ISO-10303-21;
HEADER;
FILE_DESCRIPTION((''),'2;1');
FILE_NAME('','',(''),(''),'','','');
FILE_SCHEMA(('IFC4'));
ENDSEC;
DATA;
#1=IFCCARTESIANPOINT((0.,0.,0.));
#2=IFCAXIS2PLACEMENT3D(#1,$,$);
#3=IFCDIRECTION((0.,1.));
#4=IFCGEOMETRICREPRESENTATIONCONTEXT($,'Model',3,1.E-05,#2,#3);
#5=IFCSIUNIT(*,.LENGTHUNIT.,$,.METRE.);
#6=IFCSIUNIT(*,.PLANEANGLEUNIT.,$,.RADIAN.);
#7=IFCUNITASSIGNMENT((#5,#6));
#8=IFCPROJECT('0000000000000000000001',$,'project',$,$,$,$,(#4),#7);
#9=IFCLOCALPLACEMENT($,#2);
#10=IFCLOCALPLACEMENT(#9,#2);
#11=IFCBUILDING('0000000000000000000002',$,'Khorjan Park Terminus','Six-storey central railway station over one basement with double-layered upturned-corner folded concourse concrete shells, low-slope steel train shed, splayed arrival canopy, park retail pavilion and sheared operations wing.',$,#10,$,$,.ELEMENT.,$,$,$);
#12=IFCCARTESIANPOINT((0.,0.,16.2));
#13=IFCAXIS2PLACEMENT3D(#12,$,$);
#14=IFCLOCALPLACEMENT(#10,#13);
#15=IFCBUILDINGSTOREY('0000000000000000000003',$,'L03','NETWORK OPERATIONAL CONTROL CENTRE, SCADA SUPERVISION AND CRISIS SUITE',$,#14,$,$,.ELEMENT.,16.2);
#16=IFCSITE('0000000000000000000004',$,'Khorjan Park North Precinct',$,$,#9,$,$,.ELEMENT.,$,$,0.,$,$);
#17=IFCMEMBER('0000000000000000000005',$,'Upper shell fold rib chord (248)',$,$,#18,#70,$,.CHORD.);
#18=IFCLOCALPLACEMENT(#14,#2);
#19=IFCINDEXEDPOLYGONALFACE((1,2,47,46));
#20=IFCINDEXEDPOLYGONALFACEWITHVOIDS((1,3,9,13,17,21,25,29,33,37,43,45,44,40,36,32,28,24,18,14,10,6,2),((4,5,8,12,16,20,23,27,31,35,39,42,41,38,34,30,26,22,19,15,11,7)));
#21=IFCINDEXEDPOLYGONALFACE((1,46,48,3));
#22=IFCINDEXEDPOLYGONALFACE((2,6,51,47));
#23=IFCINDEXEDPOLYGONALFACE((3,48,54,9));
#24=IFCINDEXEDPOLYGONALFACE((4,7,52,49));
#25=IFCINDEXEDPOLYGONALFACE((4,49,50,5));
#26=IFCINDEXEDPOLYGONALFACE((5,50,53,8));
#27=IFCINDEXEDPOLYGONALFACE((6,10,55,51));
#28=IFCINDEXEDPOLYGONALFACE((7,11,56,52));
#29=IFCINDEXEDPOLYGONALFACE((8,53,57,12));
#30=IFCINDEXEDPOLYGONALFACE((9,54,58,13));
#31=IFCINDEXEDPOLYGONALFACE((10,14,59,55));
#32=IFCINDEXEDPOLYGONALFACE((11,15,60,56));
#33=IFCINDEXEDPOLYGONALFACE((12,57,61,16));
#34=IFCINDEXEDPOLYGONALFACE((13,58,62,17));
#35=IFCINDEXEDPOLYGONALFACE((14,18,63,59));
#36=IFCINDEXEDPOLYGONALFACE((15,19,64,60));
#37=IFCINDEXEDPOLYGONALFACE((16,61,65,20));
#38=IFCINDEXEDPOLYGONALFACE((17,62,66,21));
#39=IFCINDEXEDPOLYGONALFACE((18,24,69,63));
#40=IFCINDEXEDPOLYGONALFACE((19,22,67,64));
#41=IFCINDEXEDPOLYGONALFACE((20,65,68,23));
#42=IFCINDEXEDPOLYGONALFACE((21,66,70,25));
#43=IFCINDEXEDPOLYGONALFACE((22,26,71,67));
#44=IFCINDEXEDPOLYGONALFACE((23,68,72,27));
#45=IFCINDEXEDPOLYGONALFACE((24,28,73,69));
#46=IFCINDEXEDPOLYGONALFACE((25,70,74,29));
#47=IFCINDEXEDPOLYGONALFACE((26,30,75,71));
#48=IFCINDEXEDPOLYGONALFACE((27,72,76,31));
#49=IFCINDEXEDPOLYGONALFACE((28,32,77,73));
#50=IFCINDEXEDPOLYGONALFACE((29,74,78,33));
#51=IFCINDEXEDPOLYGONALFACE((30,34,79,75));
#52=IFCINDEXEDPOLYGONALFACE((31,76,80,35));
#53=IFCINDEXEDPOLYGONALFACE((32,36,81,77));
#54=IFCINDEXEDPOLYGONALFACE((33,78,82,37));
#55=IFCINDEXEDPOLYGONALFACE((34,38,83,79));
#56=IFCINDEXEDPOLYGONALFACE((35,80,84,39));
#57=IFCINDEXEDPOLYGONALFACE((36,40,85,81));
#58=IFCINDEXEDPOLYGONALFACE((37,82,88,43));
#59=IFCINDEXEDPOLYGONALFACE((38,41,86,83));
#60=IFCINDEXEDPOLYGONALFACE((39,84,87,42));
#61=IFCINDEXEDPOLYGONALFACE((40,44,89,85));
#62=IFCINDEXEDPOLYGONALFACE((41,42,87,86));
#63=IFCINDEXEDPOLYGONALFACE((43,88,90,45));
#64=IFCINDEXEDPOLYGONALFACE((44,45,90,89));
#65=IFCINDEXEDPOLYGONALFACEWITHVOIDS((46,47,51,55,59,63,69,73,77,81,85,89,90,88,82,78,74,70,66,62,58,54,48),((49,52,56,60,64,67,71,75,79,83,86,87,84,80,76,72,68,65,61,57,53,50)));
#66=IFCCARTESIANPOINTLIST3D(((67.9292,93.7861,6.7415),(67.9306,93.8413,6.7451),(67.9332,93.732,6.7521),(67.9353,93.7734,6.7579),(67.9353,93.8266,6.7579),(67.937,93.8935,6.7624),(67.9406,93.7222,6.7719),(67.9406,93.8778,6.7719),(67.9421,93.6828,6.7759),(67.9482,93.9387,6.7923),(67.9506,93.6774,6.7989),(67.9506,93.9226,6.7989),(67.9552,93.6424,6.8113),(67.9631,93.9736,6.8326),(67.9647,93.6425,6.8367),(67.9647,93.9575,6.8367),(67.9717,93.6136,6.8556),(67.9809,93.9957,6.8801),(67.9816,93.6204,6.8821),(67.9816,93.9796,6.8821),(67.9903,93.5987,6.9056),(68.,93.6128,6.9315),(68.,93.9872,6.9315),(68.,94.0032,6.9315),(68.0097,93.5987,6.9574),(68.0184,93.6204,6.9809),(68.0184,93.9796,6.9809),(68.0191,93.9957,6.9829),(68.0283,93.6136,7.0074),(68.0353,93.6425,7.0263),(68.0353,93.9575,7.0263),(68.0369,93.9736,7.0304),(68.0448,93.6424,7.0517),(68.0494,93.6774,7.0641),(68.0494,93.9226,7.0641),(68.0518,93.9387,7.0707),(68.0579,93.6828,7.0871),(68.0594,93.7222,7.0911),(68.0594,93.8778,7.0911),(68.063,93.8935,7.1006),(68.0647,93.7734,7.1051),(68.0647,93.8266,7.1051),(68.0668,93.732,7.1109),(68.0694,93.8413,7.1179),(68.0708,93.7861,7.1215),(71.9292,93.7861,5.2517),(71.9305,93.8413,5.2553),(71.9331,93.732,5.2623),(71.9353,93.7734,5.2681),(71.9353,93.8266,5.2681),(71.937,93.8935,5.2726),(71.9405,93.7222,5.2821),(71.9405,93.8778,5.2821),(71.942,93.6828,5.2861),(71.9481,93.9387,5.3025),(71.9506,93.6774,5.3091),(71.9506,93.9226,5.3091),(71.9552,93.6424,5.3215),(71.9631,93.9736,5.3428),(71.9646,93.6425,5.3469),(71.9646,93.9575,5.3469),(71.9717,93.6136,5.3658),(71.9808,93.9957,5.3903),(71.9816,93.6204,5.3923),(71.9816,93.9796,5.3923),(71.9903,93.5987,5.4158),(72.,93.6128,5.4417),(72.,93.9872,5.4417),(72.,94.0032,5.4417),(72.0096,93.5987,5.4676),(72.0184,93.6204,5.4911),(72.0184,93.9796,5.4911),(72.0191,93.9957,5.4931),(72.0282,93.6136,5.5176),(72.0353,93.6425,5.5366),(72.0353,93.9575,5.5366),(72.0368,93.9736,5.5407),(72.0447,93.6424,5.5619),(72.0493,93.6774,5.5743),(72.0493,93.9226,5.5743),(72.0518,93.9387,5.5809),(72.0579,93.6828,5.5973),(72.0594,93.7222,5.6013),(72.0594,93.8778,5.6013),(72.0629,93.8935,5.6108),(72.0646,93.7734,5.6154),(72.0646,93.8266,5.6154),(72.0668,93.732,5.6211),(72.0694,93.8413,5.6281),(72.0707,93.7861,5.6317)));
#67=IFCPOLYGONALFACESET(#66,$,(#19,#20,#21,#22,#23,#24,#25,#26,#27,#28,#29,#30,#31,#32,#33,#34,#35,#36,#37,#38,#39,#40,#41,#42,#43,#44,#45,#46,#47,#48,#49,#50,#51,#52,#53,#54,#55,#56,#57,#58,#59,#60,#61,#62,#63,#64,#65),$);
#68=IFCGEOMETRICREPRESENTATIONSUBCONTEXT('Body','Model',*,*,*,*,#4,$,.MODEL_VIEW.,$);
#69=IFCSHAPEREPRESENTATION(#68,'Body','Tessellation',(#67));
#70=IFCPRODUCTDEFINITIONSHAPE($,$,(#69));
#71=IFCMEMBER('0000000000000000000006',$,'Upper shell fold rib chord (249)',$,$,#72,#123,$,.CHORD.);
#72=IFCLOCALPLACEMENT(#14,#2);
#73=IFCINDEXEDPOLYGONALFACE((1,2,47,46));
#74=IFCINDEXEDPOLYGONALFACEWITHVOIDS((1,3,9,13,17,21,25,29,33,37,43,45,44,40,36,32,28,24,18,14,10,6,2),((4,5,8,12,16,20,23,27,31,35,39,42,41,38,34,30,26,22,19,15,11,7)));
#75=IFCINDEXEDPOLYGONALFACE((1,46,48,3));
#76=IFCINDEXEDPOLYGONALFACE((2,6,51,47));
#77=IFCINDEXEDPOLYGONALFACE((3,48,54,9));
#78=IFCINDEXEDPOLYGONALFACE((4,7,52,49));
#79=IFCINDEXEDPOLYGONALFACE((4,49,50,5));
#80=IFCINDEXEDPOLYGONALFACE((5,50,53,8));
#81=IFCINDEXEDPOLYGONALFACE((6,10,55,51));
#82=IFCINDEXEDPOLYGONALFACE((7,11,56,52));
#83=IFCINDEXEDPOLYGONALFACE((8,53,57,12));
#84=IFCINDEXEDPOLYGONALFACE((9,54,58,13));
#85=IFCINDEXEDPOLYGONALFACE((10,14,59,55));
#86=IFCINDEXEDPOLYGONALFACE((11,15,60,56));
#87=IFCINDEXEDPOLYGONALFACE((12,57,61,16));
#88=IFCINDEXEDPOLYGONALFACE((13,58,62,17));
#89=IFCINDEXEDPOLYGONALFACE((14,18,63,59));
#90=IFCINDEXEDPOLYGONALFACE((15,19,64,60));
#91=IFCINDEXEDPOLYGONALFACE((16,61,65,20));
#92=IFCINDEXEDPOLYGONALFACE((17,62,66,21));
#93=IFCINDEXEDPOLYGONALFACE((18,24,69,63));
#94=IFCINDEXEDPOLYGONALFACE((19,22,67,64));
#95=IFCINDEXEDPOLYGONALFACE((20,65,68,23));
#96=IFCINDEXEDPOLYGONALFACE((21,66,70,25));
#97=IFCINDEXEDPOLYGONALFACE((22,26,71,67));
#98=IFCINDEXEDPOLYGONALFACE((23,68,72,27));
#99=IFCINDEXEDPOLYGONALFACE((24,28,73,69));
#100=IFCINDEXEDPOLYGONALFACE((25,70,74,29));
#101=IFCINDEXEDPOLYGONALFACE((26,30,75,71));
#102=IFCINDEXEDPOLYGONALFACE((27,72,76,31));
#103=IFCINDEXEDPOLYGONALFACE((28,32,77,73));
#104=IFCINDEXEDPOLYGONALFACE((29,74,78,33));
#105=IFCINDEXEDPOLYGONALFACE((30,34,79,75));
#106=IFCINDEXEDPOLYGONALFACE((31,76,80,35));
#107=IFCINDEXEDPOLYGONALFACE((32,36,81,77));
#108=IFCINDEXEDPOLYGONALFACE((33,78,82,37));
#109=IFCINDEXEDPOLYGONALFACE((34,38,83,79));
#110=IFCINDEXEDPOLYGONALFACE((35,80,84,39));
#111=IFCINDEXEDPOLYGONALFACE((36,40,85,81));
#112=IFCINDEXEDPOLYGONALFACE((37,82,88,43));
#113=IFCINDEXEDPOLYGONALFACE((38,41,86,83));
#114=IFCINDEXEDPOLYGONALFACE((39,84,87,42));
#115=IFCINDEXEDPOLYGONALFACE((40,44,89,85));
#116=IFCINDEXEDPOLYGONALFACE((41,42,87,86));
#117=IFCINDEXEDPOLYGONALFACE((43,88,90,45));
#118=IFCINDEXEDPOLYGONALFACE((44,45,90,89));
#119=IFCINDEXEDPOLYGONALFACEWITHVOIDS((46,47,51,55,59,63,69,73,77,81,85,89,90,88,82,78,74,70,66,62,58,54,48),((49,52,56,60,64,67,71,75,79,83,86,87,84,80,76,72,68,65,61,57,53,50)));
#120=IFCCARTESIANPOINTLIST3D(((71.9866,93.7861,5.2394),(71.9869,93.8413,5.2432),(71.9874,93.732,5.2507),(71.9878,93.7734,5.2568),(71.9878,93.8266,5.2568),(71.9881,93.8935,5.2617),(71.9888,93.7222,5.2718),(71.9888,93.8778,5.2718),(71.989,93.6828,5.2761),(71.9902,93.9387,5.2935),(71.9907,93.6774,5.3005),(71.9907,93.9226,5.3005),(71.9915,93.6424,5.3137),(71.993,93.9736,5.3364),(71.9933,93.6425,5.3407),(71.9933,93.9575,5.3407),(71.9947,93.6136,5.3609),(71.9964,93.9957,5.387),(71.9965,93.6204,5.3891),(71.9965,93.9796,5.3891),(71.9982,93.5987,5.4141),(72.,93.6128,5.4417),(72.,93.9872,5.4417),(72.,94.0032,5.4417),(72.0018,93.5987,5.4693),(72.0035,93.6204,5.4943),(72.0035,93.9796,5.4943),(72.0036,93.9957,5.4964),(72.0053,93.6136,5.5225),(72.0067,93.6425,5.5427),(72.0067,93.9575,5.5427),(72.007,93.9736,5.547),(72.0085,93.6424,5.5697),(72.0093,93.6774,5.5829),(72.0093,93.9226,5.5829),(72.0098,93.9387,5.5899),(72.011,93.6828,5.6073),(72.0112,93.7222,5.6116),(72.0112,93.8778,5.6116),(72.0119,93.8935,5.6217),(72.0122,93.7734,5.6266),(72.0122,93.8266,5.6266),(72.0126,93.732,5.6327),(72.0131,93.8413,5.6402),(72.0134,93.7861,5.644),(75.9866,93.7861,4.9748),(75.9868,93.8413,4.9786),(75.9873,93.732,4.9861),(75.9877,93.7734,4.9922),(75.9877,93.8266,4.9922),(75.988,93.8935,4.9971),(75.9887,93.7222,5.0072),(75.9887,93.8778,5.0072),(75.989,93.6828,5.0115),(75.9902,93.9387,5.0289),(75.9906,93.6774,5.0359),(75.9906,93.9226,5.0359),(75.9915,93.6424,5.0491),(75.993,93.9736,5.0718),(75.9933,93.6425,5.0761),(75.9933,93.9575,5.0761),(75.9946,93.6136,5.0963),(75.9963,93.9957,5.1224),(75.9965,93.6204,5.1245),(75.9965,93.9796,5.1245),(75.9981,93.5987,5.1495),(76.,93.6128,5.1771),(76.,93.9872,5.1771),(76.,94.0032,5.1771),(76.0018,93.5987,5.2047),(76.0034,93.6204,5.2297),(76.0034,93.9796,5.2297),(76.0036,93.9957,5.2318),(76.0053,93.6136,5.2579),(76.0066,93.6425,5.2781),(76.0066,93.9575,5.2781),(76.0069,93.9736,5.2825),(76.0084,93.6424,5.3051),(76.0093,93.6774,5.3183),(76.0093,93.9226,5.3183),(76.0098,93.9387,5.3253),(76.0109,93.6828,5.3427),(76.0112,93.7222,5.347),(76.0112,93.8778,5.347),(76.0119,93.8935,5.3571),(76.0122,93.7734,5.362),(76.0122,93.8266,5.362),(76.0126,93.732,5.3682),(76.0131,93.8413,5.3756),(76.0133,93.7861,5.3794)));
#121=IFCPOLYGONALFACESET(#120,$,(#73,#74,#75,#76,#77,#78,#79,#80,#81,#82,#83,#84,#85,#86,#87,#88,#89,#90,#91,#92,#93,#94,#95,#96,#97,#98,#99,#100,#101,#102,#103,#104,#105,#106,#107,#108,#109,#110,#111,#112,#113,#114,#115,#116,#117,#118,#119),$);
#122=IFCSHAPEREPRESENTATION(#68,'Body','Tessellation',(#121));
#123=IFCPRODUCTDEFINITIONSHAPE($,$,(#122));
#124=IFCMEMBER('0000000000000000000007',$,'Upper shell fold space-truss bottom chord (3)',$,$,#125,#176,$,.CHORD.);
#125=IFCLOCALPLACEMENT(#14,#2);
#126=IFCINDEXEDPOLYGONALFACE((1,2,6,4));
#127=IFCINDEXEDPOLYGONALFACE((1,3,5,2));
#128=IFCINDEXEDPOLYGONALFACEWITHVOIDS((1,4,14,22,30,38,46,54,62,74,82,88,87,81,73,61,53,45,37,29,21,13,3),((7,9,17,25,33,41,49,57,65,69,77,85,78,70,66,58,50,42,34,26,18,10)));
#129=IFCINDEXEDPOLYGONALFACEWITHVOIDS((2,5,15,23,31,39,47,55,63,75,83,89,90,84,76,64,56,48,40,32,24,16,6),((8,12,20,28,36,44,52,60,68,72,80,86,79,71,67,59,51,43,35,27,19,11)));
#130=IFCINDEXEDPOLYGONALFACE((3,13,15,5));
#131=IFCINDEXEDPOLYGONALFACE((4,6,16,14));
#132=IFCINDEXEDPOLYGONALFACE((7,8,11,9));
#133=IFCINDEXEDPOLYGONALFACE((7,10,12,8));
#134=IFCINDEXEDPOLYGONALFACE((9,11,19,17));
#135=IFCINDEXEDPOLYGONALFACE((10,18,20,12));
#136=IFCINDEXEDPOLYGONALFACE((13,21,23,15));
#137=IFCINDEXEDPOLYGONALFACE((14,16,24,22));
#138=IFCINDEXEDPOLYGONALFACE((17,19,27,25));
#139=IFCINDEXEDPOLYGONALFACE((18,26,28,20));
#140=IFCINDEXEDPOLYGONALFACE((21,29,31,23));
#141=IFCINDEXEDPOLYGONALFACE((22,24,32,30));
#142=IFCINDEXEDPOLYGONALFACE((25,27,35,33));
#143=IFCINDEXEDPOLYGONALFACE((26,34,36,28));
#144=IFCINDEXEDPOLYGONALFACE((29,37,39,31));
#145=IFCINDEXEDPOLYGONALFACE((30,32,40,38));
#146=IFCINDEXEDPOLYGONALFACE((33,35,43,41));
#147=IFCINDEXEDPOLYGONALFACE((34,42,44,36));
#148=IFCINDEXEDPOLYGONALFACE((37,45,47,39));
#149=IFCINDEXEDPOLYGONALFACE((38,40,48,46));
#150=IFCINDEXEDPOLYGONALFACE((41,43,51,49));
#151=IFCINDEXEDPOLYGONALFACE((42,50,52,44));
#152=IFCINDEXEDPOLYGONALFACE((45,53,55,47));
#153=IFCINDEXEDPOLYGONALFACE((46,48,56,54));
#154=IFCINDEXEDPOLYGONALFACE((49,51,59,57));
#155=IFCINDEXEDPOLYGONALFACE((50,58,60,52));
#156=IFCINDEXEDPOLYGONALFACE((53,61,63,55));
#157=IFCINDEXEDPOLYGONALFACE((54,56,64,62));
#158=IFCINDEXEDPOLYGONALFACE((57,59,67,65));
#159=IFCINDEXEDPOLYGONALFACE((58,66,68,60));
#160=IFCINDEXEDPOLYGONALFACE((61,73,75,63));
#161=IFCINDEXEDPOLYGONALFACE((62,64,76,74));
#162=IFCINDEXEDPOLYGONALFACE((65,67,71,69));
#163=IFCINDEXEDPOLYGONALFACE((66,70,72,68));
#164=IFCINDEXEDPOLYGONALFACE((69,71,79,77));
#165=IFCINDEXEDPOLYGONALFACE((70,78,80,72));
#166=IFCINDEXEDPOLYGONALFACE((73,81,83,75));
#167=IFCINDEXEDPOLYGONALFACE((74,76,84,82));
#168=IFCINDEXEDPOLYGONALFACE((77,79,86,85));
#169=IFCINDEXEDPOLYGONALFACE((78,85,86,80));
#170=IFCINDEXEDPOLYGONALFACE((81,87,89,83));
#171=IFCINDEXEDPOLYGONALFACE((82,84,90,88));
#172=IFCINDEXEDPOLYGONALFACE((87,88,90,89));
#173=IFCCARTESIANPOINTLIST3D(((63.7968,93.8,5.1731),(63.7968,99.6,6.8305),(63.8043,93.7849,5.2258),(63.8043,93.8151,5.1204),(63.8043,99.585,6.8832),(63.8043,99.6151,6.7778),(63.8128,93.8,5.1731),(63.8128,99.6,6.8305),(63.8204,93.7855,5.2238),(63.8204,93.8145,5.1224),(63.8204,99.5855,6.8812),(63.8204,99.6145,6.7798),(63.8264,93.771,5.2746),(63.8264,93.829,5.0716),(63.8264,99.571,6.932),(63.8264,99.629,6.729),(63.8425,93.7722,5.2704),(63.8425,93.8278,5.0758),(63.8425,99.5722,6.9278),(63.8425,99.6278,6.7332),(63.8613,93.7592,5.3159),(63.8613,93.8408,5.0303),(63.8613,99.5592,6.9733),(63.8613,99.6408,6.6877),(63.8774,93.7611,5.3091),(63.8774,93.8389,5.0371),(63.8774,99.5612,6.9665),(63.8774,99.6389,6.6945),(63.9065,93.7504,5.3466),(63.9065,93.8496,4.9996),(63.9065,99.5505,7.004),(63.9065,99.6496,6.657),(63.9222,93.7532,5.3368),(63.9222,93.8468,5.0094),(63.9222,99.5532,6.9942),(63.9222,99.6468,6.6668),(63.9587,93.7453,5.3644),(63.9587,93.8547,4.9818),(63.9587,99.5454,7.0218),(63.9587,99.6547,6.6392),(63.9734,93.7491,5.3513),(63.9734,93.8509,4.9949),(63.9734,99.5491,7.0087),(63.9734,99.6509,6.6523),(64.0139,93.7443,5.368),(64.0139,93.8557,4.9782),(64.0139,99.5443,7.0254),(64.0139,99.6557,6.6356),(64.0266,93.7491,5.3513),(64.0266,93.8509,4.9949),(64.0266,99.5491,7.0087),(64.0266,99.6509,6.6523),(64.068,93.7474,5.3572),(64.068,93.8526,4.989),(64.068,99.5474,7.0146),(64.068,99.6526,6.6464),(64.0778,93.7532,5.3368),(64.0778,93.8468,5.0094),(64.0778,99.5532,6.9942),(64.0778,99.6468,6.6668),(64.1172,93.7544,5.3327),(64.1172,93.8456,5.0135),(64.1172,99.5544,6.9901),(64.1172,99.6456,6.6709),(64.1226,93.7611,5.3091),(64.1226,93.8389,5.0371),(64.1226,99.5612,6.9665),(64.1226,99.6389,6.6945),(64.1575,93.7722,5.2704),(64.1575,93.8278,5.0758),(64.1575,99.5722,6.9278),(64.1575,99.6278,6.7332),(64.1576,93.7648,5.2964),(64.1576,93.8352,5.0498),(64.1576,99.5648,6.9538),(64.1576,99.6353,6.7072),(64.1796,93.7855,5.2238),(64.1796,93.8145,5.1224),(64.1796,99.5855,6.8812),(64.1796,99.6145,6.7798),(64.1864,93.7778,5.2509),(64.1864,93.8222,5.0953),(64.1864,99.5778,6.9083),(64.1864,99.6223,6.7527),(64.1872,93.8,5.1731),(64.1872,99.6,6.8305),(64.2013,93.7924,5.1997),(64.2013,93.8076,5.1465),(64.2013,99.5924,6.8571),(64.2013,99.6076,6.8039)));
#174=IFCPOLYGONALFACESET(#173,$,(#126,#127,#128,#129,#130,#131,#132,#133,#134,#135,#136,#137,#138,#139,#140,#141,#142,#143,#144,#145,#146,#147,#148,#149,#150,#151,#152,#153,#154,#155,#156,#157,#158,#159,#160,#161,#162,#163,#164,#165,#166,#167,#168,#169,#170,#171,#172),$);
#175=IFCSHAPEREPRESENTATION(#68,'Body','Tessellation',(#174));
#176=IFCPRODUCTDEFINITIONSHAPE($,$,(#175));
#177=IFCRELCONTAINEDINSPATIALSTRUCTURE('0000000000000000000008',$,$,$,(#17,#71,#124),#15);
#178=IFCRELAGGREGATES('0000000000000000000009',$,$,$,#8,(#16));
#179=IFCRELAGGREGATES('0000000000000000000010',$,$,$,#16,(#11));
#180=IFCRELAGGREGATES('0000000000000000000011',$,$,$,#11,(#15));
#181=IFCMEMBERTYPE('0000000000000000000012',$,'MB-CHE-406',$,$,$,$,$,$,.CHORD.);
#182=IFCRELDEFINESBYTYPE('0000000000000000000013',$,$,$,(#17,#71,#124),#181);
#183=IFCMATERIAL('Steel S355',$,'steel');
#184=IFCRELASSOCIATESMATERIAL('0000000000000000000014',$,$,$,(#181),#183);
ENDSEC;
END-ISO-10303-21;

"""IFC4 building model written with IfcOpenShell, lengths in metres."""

from ifc_helpers import new_model, si_unit, direction, frame, origin, origin_2d, place, context, subcontext, project, spatial, hollow_circle, extrude, material, material_profile, profile_set, type_object, element, save


model = new_model("IFC4")

# Units and contexts
model_context = context("Model", 3, precision=1e-05, world=origin(), true_north=direction((0.0, 1.0)))
body_context = subcontext(model_context, "Body", "Model", "MODEL_VIEW")
ifc_project = project(units=[si_unit("LENGTHUNIT", "METRE"), si_unit("PLANEANGLEUNIT", "RADIAN")], contexts=[model_context])

# Site, building, storey
site_placement = place(None, origin())
site = spatial("IfcSite", under=ifc_project, at=site_placement, Name="Khorjan Park North Precinct", CompositionType="ELEMENT", RefElevation=0.0)
building_placement = place(site_placement, origin())
building = spatial("IfcBuilding", under=site, at=building_placement, Name="Khorjan Park Terminus", Description="Six-storey central railway station over one basement with double-layered upturned-corner folded concourse concrete shells, low-slope steel train shed, splayed arrival canopy, park retail pavilion and sheared operations wing.", CompositionType="ELEMENT")
storey_placement = place(building_placement, frame((0.0, 0.0, 16.2)))
storey = spatial("IfcBuildingStorey", under=building, at=storey_placement, Name="L03", Description="NETWORK OPERATIONAL CONTROL CENTRE, SCADA SUPERVISION AND CRISIS SUITE", CompositionType="ELEMENT", Elevation=16.2)

# Members
ifc_material_1 = material(Name="Steel S355", Category="steel")
ifc_material_profile_1 = material_profile(ifc_material_1, hollow_circle(Radius=0.2032, WallThickness=0.016, at=origin_2d()), Name="CHS 406.4x16")
ifc_profile_set_1 = profile_set([ifc_material_profile_1], Name="Steel S355")
member_type_1 = type_object("IfcMemberType", Name="MB-CHE-406", PredefinedType="CHORD", material=ifc_profile_set_1)
member_1_placement = place(storey_placement, frame((68.0, 93.8, 6.9315), z_axis=(0.937112, 0.0, -0.349028), x_axis=(0.0, 1.0, 0.0)))
element("IfcMember", 1, at=member_1_placement, inside=storey, type_object=member_type_1, Name="Upper shell fold rib chord (248)", PredefinedType="CHORD", context=body_context, shape_type="SweptSolid", body=[
    extrude(hollow_circle(Radius=0.2032, WallThickness=0.016, at=origin_2d()), origin(), (0.0, 0.0, 1.0), 4.2684),
])
member_2_placement = place(storey_placement, frame((72.0, 93.8, 5.4417), z_axis=(0.997819, 0.0, -0.066006), x_axis=(0.0, 1.0, 0.0)))
element("IfcMember", 2, at=member_2_placement, inside=storey, type_object=member_type_1, Name="Upper shell fold rib chord (249)", PredefinedType="CHORD", context=body_context, shape_type="SweptSolid", body=[
    extrude(hollow_circle(Radius=0.2032, WallThickness=0.016, at=origin_2d()), origin(), (0.0, 0.0, 1.0), 4.0087),
])
member_3_placement = place(storey_placement, frame((64.0, 93.8, 5.1731), z_axis=(0.0, 0.961513, 0.274761), x_axis=(-1.0, 0.0, 0.0)))
element("IfcMember", 3, at=member_3_placement, inside=storey, type_object=member_type_1, Name="Upper shell fold space-truss bottom chord (3)", PredefinedType="CHORD", context=body_context, shape_type="SweptSolid", body=[
    extrude(hollow_circle(Radius=0.2032, WallThickness=0.016, at=origin_2d()), origin(), (0.0, 0.0, 1.0), 6.0322),
])

save(model, "model.ifc")
